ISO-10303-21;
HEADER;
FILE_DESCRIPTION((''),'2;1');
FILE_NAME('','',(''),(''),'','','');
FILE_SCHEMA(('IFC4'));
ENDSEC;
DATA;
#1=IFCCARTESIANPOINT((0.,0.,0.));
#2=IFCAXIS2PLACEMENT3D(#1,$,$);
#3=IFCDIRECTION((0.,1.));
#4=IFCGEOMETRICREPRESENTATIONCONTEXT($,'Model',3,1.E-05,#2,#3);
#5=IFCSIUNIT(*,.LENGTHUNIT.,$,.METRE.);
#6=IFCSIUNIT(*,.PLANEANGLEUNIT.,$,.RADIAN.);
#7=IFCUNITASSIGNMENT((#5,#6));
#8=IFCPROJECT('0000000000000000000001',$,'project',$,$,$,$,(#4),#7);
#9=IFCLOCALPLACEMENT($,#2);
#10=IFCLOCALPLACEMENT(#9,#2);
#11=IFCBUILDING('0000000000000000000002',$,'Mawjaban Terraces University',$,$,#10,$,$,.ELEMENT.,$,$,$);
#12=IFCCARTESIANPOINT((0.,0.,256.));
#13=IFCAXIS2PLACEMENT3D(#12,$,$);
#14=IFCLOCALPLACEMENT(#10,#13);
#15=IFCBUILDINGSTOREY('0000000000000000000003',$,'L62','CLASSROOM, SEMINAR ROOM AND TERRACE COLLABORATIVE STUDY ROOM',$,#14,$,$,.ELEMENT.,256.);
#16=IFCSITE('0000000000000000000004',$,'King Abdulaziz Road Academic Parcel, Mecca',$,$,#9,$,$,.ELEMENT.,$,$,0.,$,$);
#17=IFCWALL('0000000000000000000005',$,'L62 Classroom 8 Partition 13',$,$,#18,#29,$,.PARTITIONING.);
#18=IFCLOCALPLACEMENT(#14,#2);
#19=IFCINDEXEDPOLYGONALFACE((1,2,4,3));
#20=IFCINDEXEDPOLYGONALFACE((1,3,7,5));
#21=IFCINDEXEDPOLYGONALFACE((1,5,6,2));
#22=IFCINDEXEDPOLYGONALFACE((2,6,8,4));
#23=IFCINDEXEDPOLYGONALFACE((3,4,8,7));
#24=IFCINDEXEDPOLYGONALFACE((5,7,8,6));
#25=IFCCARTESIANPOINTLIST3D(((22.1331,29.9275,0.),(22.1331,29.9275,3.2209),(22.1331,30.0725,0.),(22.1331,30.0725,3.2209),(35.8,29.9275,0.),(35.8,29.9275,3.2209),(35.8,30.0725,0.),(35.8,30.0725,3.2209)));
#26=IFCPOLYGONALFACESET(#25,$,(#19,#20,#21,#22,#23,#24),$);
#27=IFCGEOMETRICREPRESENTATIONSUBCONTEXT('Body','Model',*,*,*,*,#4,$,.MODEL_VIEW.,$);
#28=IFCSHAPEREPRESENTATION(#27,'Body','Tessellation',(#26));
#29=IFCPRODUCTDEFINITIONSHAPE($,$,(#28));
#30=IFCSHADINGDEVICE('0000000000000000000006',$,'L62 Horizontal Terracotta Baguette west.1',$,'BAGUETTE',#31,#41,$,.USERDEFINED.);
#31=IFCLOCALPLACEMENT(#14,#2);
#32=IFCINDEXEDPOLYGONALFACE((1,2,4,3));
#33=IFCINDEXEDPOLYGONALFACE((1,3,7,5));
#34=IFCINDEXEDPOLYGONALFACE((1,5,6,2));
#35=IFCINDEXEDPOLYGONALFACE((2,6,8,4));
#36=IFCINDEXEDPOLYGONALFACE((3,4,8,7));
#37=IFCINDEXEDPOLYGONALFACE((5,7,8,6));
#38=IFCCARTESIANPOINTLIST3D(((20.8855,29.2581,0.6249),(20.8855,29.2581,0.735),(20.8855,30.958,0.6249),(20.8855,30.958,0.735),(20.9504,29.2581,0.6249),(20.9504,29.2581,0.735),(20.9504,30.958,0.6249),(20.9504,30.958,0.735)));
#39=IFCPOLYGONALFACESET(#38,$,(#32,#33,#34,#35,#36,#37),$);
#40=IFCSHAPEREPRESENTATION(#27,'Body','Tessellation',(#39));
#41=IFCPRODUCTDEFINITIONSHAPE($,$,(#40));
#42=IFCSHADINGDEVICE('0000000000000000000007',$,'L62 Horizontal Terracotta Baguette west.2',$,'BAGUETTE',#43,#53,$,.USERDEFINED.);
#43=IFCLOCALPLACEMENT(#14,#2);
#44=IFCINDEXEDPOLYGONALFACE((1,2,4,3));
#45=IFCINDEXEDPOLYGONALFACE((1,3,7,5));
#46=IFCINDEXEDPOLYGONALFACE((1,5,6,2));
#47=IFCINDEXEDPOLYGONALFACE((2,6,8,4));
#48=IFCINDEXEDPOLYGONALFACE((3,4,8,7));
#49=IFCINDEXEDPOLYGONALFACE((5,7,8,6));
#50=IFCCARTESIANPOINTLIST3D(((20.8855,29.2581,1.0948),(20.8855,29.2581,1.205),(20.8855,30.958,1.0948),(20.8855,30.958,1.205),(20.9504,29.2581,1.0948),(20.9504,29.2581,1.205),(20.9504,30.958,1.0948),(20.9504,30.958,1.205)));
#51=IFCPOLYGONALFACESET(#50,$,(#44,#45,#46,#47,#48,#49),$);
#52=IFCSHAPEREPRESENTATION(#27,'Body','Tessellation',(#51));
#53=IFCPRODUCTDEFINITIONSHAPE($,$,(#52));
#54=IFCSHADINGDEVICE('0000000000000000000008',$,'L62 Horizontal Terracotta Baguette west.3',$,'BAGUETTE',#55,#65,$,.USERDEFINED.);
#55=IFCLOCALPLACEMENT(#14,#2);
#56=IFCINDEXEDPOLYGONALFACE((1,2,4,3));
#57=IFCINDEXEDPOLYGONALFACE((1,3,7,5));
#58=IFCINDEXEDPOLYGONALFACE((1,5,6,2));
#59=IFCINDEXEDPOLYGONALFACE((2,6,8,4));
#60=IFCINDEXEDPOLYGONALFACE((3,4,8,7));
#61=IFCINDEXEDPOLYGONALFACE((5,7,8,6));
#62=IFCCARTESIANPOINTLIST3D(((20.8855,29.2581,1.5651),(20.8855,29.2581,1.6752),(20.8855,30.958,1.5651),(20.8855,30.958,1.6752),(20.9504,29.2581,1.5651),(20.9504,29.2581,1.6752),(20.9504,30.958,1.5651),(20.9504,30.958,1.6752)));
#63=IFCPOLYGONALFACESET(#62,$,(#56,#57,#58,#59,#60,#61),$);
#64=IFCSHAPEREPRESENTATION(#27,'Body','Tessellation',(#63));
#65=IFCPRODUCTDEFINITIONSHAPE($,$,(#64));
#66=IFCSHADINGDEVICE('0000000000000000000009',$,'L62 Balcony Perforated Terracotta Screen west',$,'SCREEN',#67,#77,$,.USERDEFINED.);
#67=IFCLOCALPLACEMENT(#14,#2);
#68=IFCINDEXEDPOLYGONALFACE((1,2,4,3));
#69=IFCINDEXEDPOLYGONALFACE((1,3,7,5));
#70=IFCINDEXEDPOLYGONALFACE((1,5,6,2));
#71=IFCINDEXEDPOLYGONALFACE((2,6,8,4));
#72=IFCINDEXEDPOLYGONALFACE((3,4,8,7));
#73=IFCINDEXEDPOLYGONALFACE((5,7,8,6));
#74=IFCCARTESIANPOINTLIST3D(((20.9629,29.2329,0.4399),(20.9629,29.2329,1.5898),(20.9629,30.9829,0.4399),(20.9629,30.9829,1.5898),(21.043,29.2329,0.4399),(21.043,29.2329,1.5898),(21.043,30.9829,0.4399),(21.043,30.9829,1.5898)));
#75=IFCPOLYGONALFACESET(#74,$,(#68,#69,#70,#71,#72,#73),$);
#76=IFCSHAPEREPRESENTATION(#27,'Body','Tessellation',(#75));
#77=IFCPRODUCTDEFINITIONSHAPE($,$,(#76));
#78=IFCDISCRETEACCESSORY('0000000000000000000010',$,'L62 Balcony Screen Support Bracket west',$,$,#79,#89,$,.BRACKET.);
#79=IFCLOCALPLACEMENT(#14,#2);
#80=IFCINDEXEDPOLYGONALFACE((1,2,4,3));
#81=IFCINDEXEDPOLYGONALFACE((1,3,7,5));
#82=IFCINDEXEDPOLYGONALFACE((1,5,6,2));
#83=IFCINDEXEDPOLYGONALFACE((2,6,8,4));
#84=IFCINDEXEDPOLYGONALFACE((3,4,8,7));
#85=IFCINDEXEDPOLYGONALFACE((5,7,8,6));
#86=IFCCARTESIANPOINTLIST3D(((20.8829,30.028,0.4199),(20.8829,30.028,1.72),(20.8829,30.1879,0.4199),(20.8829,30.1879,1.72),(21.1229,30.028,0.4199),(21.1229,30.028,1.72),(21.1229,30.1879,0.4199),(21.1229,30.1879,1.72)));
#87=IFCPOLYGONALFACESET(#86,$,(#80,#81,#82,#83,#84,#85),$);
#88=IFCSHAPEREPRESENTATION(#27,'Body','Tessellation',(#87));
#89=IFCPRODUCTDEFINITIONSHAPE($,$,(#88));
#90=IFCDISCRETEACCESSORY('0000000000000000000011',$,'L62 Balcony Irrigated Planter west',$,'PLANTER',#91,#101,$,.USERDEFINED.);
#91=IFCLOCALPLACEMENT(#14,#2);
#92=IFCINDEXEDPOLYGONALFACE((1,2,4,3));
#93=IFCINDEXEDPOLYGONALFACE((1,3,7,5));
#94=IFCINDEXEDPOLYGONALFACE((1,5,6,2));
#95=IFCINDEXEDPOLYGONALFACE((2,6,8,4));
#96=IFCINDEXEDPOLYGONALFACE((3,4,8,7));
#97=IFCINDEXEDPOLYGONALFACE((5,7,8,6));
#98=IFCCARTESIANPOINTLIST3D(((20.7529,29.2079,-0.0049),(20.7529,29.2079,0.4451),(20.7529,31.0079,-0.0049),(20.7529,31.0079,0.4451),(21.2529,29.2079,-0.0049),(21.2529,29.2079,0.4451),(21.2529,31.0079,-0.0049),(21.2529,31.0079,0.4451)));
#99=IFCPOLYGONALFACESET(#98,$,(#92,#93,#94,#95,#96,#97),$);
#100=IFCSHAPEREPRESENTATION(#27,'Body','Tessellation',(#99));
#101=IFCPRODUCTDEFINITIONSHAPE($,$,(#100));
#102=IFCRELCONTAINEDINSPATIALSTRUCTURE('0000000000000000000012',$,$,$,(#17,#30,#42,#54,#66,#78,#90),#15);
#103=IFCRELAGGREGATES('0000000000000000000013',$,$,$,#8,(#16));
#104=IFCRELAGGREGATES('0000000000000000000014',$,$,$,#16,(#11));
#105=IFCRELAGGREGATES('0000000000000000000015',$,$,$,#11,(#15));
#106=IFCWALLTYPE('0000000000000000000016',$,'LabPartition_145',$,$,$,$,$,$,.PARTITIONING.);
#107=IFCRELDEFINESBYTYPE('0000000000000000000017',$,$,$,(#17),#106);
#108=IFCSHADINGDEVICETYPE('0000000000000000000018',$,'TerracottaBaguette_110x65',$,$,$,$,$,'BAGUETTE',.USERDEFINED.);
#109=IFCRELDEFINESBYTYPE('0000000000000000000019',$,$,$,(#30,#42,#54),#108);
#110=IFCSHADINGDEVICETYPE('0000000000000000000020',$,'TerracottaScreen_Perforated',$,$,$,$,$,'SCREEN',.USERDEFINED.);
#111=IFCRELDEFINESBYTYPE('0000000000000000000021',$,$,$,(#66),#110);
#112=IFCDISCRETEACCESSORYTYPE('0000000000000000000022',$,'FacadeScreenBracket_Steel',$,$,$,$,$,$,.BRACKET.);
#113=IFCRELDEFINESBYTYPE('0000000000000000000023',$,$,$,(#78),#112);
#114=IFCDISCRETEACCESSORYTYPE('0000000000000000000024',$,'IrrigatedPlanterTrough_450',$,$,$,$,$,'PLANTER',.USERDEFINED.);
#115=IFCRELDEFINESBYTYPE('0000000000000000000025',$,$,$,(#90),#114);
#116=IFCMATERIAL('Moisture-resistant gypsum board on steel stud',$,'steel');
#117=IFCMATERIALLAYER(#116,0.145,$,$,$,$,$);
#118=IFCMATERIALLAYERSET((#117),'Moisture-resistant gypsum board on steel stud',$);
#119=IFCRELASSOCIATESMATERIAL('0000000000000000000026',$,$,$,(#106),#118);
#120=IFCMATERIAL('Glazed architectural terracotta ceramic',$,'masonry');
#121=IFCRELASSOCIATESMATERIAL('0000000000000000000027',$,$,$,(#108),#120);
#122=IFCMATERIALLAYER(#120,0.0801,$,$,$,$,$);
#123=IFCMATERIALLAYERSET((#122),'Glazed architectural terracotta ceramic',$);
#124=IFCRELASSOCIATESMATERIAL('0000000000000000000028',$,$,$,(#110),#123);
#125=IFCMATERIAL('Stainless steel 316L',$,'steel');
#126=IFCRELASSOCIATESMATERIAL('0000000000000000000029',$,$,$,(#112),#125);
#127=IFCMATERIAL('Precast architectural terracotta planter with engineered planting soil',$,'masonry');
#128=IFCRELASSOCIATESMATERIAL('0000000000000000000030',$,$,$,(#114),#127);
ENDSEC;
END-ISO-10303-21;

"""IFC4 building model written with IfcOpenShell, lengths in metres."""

from ifc_helpers import new_model, si_unit, direction, frame, frame_2d, origin, origin_2d, place, context, subcontext, project, spatial, rectangle, extrude, material, layer, layer_set, material_profile, profile_set, type_object, element, save


model = new_model("IFC4")

# Units and contexts
model_context = context("Model", 3, precision=1e-05, world=origin(), true_north=direction((0.0, 1.0)))
body_context = subcontext(model_context, "Body", "Model", "MODEL_VIEW")
ifc_project = project(units=[si_unit("LENGTHUNIT", "METRE"), si_unit("PLANEANGLEUNIT", "RADIAN")], contexts=[model_context])

# Site, building, storey
site_placement = place(None, origin())
site = spatial("IfcSite", under=ifc_project, at=site_placement, Name="King Abdulaziz Road Academic Parcel, Mecca", CompositionType="ELEMENT", RefElevation=0.0)
building_placement = place(site_placement, origin())
building = spatial("IfcBuilding", under=site, at=building_placement, Name="Mawjaban Terraces University", CompositionType="ELEMENT")
storey_placement = place(building_placement, frame((0.0, 0.0, 256.0)))
storey = spatial("IfcBuildingStorey", under=building, at=storey_placement, Name="L62", Description="CLASSROOM, SEMINAR ROOM AND TERRACE COLLABORATIVE STUDY ROOM", CompositionType="ELEMENT", Elevation=256.0)

# Wall
ifc_material_1 = material(Name="Moisture-resistant gypsum board on steel stud", Category="steel")
ifc_layer_1 = layer(ifc_material_1, 0.145)
ifc_layer_set_1 = layer_set([ifc_layer_1], Name="Moisture-resistant gypsum board on steel stud")
wall_type_1 = type_object("IfcWallType", Name="LabPartition_145", PredefinedType="PARTITIONING", material=ifc_layer_set_1)
wall_1_placement = place(storey_placement, frame((35.8, 30.0, 0.0), z_axis=(0.0, 0.0, 1.0), x_axis=(-1.0, 0.0, 0.0)))
element("IfcWall", 1, at=wall_1_placement, inside=storey, type_object=wall_type_1, Name="L62 Classroom 8 Partition 13", PredefinedType="PARTITIONING", context=body_context, shape_type="SweptSolid", body=[
    extrude(rectangle(XDim=13.667, YDim=0.145, at=frame_2d((6.8335, 0.0))), origin(), (0.0, 0.0, 1.0), 3.2209),
])

# Shading devices
ifc_material_2 = material(Name="Glazed architectural terracotta ceramic", Category="masonry")
ifc_material_profile_1 = material_profile(ifc_material_2, rectangle(XDim=0.0649, YDim=0.1101, at=origin_2d()), Name="TBAG110X65")
ifc_profile_set_1 = profile_set([ifc_material_profile_1], Name="Glazed architectural terracotta ceramic")
shading_device_type_1 = type_object("IfcShadingDeviceType", Name="TerracottaBaguette_110x65", ElementType="BAGUETTE", PredefinedType="USERDEFINED", material=ifc_profile_set_1)
for number, where, z_axis, x_axis, name in (
    (2, (20.918, 29.2581, 0.6799), (0.0, 1.0, 0.0), (-1.0, 0.0, 0.0), "L62 Horizontal Terracotta Baguette west.1"),
    (3, (20.918, 29.2581, 1.1499), (0.0, 1.0, 0.0), (-1.0, 0.0, 0.0), "L62 Horizontal Terracotta Baguette west.2"),
    (4, (20.918, 29.2581, 1.6201), (0.0, 1.0, 0.0), (-1.0, 0.0, 0.0), "L62 Horizontal Terracotta Baguette west.3"),
):
    element("IfcShadingDevice", number, at=place(storey_placement, frame(where, z_axis=z_axis, x_axis=x_axis)), inside=storey, type_object=shading_device_type_1, Name=name, ObjectType="BAGUETTE", PredefinedType="USERDEFINED", context=body_context, shape_type="SweptSolid", body=[
        extrude(rectangle(XDim=0.0649, YDim=0.1101, at=origin_2d()), origin(), (0.0, 0.0, 1.0), 1.7),
    ])
ifc_layer_2 = layer(ifc_material_2, 0.0801)
ifc_layer_set_2 = layer_set([ifc_layer_2], Name="Glazed architectural terracotta ceramic")
shading_device_type_2 = type_object("IfcShadingDeviceType", Name="TerracottaScreen_Perforated", ElementType="SCREEN", PredefinedType="USERDEFINED", material=ifc_layer_set_2)
shading_device_placement = place(storey_placement, frame((21.0029, 30.1079, 0.4399), z_axis=(0.0, 0.0, 1.0), x_axis=(0.0, 1.0, 0.0)))
element("IfcShadingDevice", 5, at=shading_device_placement, inside=storey, type_object=shading_device_type_2, Name="L62 Balcony Perforated Terracotta Screen west", ObjectType="SCREEN", PredefinedType="USERDEFINED", context=body_context, shape_type="SweptSolid", body=[
    extrude(rectangle(XDim=1.75, YDim=0.0801, at=origin_2d()), origin(), (0.0, 0.0, 1.0), 1.1499),
])

# Discrete accessories
ifc_material_3 = material(Name="Stainless steel 316L", Category="steel")
discrete_accessory_type_1 = type_object("IfcDiscreteAccessoryType", Name="FacadeScreenBracket_Steel", PredefinedType="BRACKET", material=ifc_material_3)
discrete_accessory_1_placement = place(storey_placement, frame((21.0029, 30.1079, 0.4199), z_axis=(0.0, 0.0, 1.0), x_axis=(0.0, 1.0, 0.0)))
element("IfcDiscreteAccessory", 6, at=discrete_accessory_1_placement, inside=storey, type_object=discrete_accessory_type_1, Name="L62 Balcony Screen Support Bracket west", PredefinedType="BRACKET", context=body_context, shape_type="SweptSolid", body=[
    extrude(rectangle(XDim=0.1599, YDim=0.24, at=origin_2d()), origin(), (0.0, 0.0, 1.0), 1.3),
])
ifc_material_4 = material(Name="Precast architectural terracotta planter with engineered planting soil", Category="masonry")
discrete_accessory_type_2 = type_object("IfcDiscreteAccessoryType", Name="IrrigatedPlanterTrough_450", ElementType="PLANTER", PredefinedType="USERDEFINED", material=ifc_material_4)
discrete_accessory_2_placement = place(storey_placement, frame((21.0029, 30.1079, -0.0049), z_axis=(0.0, 0.0, 1.0), x_axis=(0.0, 1.0, 0.0)))
element("IfcDiscreteAccessory", 7, at=discrete_accessory_2_placement, inside=storey, type_object=discrete_accessory_type_2, Name="L62 Balcony Irrigated Planter west", ObjectType="PLANTER", PredefinedType="USERDEFINED", context=body_context, shape_type="SweptSolid", body=[
    extrude(rectangle(XDim=1.8, YDim=0.5, at=origin_2d()), origin(), (0.0, 0.0, 1.0), 0.45),
])

save(model, "model.ifc")
